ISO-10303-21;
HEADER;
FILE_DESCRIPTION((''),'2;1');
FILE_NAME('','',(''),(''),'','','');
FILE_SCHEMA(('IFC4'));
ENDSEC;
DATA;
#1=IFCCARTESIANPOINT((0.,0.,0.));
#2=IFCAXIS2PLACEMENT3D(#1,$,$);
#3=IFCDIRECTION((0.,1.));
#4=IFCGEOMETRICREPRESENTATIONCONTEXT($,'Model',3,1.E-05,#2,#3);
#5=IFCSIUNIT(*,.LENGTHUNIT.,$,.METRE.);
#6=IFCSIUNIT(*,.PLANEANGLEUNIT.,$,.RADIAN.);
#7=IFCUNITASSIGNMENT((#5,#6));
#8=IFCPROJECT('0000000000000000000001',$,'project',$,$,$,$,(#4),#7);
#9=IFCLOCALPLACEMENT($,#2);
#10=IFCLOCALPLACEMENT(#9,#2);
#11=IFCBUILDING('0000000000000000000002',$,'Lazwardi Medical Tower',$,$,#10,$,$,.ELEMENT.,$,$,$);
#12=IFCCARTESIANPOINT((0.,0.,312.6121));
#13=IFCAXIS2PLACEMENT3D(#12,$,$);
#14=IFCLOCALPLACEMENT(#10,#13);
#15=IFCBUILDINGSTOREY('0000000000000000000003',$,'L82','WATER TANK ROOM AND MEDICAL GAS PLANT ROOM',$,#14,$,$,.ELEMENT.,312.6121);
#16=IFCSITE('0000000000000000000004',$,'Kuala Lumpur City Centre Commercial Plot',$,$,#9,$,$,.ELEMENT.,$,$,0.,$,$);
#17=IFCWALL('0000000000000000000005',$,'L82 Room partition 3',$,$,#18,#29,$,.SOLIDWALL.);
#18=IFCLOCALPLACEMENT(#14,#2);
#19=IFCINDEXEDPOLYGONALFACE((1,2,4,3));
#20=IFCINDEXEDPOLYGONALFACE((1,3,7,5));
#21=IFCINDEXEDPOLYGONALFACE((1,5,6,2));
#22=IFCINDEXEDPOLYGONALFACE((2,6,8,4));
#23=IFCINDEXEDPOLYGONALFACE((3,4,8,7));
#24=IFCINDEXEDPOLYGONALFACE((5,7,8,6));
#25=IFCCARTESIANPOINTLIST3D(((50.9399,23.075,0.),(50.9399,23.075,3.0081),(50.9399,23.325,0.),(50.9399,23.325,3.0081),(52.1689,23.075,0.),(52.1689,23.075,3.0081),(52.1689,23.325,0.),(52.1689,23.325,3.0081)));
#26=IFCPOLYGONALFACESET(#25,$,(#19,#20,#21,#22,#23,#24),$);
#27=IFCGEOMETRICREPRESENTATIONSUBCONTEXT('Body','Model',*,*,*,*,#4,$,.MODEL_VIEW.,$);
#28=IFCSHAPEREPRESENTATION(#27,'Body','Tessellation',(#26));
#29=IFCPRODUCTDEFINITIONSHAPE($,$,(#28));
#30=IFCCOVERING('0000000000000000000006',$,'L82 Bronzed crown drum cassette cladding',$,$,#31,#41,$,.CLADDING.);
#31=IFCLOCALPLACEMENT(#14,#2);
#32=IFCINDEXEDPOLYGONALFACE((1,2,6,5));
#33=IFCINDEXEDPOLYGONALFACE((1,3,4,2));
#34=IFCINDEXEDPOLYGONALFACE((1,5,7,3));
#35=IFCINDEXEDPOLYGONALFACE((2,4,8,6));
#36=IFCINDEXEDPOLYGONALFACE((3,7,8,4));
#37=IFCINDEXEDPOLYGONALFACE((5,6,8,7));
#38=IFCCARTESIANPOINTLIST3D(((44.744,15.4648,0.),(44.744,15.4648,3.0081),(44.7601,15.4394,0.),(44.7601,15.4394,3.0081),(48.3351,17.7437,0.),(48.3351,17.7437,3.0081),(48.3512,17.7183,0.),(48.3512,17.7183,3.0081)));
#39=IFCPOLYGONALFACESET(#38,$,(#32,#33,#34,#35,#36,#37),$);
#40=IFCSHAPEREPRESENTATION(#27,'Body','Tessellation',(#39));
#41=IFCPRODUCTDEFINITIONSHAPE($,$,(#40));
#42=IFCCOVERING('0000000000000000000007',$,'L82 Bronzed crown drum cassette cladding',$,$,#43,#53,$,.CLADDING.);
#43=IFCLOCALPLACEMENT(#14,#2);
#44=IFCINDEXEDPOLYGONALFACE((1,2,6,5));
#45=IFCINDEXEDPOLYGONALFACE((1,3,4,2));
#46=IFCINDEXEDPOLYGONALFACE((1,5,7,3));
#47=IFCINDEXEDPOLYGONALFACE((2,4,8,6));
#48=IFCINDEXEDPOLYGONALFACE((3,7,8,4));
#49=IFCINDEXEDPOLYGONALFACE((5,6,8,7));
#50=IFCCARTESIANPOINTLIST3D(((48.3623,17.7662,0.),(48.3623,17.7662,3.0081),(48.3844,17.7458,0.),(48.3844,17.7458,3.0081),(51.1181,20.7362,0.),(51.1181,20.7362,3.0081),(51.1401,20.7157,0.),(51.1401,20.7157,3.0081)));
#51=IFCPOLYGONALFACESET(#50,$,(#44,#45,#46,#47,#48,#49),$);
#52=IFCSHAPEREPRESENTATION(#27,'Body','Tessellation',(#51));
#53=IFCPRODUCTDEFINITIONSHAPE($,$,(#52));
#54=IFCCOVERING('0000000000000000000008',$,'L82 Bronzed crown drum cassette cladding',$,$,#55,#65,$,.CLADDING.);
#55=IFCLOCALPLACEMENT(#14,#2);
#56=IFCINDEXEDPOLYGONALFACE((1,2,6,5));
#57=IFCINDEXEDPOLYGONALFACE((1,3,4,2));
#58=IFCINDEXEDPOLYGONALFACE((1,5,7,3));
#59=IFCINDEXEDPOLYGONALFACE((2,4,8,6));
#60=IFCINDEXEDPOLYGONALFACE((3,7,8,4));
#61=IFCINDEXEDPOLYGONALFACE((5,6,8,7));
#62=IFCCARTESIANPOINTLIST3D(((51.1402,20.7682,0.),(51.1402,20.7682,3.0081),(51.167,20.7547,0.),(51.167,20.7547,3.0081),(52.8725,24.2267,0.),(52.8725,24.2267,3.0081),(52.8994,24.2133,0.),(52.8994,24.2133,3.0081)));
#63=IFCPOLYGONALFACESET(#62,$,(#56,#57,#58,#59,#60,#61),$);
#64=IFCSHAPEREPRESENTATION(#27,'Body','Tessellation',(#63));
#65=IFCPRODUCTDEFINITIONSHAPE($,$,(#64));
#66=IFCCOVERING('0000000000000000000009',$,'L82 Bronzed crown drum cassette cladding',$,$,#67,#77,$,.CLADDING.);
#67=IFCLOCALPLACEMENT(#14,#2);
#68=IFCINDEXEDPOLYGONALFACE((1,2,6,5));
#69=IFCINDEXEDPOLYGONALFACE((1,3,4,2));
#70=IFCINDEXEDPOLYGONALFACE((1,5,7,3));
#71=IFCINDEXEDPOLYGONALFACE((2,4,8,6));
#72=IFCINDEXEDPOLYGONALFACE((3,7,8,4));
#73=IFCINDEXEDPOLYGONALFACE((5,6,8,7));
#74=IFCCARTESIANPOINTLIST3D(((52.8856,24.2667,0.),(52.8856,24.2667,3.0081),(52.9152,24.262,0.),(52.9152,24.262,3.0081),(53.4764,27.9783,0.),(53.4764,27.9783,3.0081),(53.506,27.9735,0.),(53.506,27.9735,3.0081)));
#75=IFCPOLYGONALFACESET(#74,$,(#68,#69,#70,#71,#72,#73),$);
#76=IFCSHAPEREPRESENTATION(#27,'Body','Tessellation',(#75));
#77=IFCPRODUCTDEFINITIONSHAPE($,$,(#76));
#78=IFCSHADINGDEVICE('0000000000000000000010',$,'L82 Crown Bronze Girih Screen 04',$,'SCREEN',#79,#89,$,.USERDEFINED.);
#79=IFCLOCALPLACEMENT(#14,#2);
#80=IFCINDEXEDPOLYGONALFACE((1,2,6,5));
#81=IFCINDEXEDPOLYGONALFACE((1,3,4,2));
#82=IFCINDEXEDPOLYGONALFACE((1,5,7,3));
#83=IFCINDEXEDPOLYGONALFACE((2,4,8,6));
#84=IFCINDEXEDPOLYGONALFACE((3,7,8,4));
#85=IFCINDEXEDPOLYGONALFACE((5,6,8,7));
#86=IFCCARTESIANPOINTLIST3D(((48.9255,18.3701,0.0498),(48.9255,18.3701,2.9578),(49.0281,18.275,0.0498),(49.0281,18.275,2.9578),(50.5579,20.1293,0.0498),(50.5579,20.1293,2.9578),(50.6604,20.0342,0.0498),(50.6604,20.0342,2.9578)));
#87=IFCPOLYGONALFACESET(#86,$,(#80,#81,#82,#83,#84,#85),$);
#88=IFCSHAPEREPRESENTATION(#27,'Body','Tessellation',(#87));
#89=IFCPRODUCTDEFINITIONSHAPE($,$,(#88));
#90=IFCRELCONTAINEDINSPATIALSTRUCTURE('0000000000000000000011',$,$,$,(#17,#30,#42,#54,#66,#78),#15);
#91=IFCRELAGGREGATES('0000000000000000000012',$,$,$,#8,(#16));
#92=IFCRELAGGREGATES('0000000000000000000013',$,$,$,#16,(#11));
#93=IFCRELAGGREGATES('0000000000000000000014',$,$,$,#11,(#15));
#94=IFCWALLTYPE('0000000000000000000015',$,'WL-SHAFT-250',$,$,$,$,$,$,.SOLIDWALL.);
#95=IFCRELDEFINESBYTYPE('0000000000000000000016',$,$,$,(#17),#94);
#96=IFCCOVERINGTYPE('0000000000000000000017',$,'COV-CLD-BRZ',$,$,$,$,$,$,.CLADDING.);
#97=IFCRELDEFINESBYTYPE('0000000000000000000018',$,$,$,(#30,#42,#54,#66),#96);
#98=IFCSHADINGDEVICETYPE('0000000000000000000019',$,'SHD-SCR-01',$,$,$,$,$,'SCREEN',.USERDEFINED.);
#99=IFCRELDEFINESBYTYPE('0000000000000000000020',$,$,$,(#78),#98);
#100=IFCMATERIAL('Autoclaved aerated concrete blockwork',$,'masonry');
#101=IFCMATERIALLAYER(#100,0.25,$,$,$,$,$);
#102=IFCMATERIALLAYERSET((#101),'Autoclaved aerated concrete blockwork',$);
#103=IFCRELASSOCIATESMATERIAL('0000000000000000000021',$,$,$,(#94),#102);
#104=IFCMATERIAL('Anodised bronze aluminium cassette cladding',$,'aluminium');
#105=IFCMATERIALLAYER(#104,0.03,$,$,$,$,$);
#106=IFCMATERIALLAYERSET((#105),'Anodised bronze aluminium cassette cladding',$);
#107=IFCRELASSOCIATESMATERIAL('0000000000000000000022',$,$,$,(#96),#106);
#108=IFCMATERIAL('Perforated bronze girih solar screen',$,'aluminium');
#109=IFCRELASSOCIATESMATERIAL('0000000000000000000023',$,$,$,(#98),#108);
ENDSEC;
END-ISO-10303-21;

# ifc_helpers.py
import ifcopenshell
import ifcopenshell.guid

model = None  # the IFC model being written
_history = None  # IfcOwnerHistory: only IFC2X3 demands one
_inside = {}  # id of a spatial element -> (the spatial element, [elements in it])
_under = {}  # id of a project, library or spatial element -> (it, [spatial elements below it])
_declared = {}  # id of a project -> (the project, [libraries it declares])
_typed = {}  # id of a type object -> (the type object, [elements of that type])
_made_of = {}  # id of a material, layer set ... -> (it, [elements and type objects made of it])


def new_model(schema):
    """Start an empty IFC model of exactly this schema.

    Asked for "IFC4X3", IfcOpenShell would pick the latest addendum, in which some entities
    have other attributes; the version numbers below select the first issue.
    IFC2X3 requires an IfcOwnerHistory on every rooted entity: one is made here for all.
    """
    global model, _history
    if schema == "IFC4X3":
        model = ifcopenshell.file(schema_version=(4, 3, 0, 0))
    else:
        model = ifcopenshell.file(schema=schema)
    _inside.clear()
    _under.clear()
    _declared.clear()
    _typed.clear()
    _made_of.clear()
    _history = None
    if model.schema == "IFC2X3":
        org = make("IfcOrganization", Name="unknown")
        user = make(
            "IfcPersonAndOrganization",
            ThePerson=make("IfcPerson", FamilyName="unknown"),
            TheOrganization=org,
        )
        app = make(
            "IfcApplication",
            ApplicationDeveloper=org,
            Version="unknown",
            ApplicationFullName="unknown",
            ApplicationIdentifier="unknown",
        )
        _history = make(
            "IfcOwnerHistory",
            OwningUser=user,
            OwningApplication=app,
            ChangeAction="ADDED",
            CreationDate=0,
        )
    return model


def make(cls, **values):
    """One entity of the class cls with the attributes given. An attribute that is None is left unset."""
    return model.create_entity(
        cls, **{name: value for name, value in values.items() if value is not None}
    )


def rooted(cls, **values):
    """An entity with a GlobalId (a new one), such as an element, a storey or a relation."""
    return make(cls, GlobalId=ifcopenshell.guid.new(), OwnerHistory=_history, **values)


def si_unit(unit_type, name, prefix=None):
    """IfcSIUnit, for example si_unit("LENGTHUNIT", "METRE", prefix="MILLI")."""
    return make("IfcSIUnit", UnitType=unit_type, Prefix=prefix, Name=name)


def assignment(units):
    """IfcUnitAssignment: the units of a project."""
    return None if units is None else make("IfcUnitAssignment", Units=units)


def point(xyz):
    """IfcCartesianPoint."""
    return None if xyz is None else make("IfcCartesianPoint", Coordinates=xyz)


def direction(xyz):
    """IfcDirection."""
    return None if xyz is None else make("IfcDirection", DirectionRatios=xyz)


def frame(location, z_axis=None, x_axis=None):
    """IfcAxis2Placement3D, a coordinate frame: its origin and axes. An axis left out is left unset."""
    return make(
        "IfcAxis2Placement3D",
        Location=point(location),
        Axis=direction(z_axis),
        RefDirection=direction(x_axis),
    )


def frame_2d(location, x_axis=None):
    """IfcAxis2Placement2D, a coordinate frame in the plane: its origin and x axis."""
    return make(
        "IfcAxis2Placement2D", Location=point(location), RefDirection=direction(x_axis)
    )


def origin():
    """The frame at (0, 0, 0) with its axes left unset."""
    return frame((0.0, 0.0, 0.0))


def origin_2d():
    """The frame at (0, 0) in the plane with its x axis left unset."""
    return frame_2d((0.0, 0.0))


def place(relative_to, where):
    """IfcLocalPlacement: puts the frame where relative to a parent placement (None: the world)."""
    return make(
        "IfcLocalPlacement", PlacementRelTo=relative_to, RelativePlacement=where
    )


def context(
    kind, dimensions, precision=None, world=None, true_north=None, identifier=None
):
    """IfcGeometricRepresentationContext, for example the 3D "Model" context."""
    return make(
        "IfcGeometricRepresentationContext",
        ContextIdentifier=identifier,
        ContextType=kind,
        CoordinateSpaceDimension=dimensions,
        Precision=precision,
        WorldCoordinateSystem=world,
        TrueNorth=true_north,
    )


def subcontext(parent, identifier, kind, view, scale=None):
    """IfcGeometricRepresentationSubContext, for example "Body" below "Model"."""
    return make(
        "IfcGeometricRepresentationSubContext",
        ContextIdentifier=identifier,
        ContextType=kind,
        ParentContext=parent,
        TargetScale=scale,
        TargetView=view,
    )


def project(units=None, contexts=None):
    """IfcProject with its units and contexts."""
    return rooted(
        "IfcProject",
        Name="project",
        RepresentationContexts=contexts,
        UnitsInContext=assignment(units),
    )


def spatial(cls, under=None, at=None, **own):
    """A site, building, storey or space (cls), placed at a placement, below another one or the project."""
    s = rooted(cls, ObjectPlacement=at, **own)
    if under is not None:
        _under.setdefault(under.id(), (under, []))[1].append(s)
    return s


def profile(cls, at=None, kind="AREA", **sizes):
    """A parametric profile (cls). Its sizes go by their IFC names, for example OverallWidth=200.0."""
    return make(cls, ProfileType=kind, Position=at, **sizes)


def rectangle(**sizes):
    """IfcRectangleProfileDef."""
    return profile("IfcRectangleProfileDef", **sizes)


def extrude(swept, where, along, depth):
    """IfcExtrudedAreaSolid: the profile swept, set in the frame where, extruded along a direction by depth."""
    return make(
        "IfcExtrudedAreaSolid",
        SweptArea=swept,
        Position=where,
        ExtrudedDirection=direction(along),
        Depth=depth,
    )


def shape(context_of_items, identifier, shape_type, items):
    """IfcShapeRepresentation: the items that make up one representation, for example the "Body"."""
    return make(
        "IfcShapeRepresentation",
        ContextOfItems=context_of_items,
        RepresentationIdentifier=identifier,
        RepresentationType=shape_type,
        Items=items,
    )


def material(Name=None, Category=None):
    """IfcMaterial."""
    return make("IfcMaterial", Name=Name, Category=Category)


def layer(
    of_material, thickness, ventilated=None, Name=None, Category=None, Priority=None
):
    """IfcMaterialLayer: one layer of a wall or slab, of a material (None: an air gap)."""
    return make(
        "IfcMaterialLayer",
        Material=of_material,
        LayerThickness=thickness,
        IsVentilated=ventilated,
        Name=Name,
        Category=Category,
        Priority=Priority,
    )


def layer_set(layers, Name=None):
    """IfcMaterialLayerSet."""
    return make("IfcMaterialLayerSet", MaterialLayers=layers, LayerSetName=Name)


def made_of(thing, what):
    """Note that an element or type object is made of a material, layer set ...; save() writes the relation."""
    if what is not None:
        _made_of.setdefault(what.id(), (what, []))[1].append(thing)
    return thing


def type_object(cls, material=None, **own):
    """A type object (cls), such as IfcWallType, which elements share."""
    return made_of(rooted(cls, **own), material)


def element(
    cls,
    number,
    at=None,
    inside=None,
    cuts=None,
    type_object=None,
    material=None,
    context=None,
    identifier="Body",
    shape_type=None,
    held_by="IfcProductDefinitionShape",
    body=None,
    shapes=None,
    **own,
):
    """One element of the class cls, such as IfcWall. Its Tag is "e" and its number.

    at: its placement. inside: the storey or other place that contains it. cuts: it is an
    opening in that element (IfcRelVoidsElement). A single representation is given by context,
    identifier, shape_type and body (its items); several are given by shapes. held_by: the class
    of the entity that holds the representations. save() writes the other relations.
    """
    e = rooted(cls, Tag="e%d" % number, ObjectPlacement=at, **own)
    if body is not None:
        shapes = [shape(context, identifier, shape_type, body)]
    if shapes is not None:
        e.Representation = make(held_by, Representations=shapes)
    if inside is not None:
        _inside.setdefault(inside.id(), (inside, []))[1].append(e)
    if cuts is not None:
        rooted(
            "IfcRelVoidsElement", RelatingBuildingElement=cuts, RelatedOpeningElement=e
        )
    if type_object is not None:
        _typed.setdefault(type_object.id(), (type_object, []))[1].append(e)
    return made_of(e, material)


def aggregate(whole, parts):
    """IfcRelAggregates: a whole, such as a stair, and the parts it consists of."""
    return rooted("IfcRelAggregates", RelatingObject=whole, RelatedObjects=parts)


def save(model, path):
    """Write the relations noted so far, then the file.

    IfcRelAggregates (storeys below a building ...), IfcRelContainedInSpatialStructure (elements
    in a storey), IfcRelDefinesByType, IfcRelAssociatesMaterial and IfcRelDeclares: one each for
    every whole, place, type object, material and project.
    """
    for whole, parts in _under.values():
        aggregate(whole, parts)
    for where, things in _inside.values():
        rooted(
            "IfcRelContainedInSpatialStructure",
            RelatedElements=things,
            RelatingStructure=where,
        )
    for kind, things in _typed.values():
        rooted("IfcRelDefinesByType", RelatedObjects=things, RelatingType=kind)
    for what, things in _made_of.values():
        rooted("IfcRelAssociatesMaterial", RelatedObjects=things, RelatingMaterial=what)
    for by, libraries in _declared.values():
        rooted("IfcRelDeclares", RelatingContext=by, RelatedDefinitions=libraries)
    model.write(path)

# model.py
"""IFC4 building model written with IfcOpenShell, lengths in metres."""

from ifc_helpers import new_model, si_unit, direction, frame, frame_2d, origin, origin_2d, place, context, subcontext, project, spatial, rectangle, extrude, material, layer, layer_set, type_object, element, save


model = new_model("IFC4")

# Units and contexts
model_context = context("Model", 3, precision=1e-05, world=origin(), true_north=direction((0.0, 1.0)))
body_context = subcontext(model_context, "Body", "Model", "MODEL_VIEW")
ifc_project = project(units=[si_unit("LENGTHUNIT", "METRE"), si_unit("PLANEANGLEUNIT", "RADIAN")], contexts=[model_context])

# Site, building, storey
site_placement = place(None, origin())
site = spatial("IfcSite", under=ifc_project, at=site_placement, Name="Kuala Lumpur City Centre Commercial Plot", CompositionType="ELEMENT", RefElevation=0.0)
building_placement = place(site_placement, origin())
building = spatial("IfcBuilding", under=site, at=building_placement, Name="Lazwardi Medical Tower", CompositionType="ELEMENT")
storey_placement = place(building_placement, frame((0.0, 0.0, 312.6121)))
storey = spatial("IfcBuildingStorey", under=building, at=storey_placement, Name="L82", Description="WATER TANK ROOM AND MEDICAL GAS PLANT ROOM", CompositionType="ELEMENT", Elevation=312.6121)

# Shared definitions
ifc_material_1 = material(Name="Autoclaved aerated concrete blockwork", Category="masonry")
ifc_layer_1 = layer(ifc_material_1, 0.25)
ifc_layer_set_1 = layer_set([ifc_layer_1], Name="Autoclaved aerated concrete blockwork")
wall_type_1 = type_object("IfcWallType", Name="WL-SHAFT-250", PredefinedType="SOLIDWALL", material=ifc_layer_set_1)

# Wall
wall_1_placement = place(storey_placement, frame((50.9399, 23.2, 0.0), z_axis=(0.0, 0.0, 1.0), x_axis=(1.0, 0.0, 0.0)))
element("IfcWall", 1, at=wall_1_placement, inside=storey, type_object=wall_type_1, Name="L82 Room partition 3", PredefinedType="SOLIDWALL", context=body_context, shape_type="SweptSolid", body=[
    extrude(rectangle(XDim=1.229, YDim=0.25, at=frame_2d((0.6145, 0.0))), origin(), (0.0, 0.0, 1.0), 3.0081),
])

# Coverings
ifc_material_2 = material(Name="Anodised bronze aluminium cassette cladding", Category="aluminium")
ifc_layer_2 = layer(ifc_material_2, 0.03)
ifc_layer_set_2 = layer_set([ifc_layer_2], Name="Anodised bronze aluminium cassette cladding")
covering_type = type_object("IfcCoveringType", Name="COV-CLD-BRZ", PredefinedType="CLADDING", material=ifc_layer_set_2)
covering_1_placement = place(storey_placement, frame((46.5476, 16.5916, 0.0), z_axis=(0.0, 0.0, 1.0), x_axis=(0.844343, 0.535803, 0.0)))
element("IfcCovering", 2, at=covering_1_placement, inside=storey, type_object=covering_type, Name="L82 Bronzed crown drum cassette cladding", PredefinedType="CLADDING", context=body_context, shape_type="SweptSolid", body=[
    extrude(rectangle(XDim=4.2532, YDim=0.03, at=origin_2d()), origin(), (0.0, 0.0, 1.0), 3.0081),
])
covering_2_placement = place(storey_placement, frame((49.7512, 19.241, 0.0), z_axis=(0.0, 0.0, 1.0), x_axis=(0.680177, 0.733048, 0.0)))
element("IfcCovering", 3, at=covering_2_placement, inside=storey, type_object=covering_type, Name="L82 Bronzed crown drum cassette cladding", PredefinedType="CLADDING", context=body_context, shape_type="SweptSolid", body=[
    extrude(rectangle(XDim=4.0515, YDim=0.03, at=origin_2d()), origin(), (0.0, 0.0, 1.0), 3.0081),
])
covering_3_placement = place(storey_placement, frame((52.0198, 22.4907, 0.0), z_axis=(0.0, 0.0, 1.0), x_axis=(0.447845, 0.894111, 0.0)))
element("IfcCovering", 4, at=covering_3_placement, inside=storey, type_object=covering_type, Name="L82 Bronzed crown drum cassette cladding", PredefinedType="CLADDING", context=body_context, shape_type="SweptSolid", body=[
    extrude(rectangle(XDim=3.8682, YDim=0.03, at=origin_2d()), origin(), (0.0, 0.0, 1.0), 3.0081),
])
covering_4_placement = place(storey_placement, frame((53.1958, 26.1201, 0.0), z_axis=(0.0, 0.0, 1.0), x_axis=(0.157202, 0.987567, 0.0)))
element("IfcCovering", 5, at=covering_4_placement, inside=storey, type_object=covering_type, Name="L82 Bronzed crown drum cassette cladding", PredefinedType="CLADDING", context=body_context, shape_type="SweptSolid", body=[
    extrude(rectangle(XDim=3.7583, YDim=0.03, at=origin_2d()), origin(), (0.0, 0.0, 1.0), 3.0081),
])

# Shading device
ifc_material_3 = material(Name="Perforated bronze girih solar screen", Category="aluminium")
shading_device_type = type_object("IfcShadingDeviceType", Name="SHD-SCR-01", ElementType="SCREEN", PredefinedType="USERDEFINED", material=ifc_material_3)
shading_device_placement = place(storey_placement, frame((49.793, 19.2021, 0.0498), z_axis=(0.0, 0.0, 1.0), x_axis=(0.680177, 0.733048, 0.0)))
element("IfcShadingDevice", 6, at=shading_device_placement, inside=storey, type_object=shading_device_type, Name="L82 Crown Bronze Girih Screen 04", ObjectType="SCREEN", PredefinedType="USERDEFINED", context=body_context, shape_type="SweptSolid", body=[
    extrude(rectangle(XDim=2.3999, YDim=0.1399, at=origin_2d()), origin(), (0.0, 0.0, 1.0), 2.908),
])

save(model, "model.ifc")
